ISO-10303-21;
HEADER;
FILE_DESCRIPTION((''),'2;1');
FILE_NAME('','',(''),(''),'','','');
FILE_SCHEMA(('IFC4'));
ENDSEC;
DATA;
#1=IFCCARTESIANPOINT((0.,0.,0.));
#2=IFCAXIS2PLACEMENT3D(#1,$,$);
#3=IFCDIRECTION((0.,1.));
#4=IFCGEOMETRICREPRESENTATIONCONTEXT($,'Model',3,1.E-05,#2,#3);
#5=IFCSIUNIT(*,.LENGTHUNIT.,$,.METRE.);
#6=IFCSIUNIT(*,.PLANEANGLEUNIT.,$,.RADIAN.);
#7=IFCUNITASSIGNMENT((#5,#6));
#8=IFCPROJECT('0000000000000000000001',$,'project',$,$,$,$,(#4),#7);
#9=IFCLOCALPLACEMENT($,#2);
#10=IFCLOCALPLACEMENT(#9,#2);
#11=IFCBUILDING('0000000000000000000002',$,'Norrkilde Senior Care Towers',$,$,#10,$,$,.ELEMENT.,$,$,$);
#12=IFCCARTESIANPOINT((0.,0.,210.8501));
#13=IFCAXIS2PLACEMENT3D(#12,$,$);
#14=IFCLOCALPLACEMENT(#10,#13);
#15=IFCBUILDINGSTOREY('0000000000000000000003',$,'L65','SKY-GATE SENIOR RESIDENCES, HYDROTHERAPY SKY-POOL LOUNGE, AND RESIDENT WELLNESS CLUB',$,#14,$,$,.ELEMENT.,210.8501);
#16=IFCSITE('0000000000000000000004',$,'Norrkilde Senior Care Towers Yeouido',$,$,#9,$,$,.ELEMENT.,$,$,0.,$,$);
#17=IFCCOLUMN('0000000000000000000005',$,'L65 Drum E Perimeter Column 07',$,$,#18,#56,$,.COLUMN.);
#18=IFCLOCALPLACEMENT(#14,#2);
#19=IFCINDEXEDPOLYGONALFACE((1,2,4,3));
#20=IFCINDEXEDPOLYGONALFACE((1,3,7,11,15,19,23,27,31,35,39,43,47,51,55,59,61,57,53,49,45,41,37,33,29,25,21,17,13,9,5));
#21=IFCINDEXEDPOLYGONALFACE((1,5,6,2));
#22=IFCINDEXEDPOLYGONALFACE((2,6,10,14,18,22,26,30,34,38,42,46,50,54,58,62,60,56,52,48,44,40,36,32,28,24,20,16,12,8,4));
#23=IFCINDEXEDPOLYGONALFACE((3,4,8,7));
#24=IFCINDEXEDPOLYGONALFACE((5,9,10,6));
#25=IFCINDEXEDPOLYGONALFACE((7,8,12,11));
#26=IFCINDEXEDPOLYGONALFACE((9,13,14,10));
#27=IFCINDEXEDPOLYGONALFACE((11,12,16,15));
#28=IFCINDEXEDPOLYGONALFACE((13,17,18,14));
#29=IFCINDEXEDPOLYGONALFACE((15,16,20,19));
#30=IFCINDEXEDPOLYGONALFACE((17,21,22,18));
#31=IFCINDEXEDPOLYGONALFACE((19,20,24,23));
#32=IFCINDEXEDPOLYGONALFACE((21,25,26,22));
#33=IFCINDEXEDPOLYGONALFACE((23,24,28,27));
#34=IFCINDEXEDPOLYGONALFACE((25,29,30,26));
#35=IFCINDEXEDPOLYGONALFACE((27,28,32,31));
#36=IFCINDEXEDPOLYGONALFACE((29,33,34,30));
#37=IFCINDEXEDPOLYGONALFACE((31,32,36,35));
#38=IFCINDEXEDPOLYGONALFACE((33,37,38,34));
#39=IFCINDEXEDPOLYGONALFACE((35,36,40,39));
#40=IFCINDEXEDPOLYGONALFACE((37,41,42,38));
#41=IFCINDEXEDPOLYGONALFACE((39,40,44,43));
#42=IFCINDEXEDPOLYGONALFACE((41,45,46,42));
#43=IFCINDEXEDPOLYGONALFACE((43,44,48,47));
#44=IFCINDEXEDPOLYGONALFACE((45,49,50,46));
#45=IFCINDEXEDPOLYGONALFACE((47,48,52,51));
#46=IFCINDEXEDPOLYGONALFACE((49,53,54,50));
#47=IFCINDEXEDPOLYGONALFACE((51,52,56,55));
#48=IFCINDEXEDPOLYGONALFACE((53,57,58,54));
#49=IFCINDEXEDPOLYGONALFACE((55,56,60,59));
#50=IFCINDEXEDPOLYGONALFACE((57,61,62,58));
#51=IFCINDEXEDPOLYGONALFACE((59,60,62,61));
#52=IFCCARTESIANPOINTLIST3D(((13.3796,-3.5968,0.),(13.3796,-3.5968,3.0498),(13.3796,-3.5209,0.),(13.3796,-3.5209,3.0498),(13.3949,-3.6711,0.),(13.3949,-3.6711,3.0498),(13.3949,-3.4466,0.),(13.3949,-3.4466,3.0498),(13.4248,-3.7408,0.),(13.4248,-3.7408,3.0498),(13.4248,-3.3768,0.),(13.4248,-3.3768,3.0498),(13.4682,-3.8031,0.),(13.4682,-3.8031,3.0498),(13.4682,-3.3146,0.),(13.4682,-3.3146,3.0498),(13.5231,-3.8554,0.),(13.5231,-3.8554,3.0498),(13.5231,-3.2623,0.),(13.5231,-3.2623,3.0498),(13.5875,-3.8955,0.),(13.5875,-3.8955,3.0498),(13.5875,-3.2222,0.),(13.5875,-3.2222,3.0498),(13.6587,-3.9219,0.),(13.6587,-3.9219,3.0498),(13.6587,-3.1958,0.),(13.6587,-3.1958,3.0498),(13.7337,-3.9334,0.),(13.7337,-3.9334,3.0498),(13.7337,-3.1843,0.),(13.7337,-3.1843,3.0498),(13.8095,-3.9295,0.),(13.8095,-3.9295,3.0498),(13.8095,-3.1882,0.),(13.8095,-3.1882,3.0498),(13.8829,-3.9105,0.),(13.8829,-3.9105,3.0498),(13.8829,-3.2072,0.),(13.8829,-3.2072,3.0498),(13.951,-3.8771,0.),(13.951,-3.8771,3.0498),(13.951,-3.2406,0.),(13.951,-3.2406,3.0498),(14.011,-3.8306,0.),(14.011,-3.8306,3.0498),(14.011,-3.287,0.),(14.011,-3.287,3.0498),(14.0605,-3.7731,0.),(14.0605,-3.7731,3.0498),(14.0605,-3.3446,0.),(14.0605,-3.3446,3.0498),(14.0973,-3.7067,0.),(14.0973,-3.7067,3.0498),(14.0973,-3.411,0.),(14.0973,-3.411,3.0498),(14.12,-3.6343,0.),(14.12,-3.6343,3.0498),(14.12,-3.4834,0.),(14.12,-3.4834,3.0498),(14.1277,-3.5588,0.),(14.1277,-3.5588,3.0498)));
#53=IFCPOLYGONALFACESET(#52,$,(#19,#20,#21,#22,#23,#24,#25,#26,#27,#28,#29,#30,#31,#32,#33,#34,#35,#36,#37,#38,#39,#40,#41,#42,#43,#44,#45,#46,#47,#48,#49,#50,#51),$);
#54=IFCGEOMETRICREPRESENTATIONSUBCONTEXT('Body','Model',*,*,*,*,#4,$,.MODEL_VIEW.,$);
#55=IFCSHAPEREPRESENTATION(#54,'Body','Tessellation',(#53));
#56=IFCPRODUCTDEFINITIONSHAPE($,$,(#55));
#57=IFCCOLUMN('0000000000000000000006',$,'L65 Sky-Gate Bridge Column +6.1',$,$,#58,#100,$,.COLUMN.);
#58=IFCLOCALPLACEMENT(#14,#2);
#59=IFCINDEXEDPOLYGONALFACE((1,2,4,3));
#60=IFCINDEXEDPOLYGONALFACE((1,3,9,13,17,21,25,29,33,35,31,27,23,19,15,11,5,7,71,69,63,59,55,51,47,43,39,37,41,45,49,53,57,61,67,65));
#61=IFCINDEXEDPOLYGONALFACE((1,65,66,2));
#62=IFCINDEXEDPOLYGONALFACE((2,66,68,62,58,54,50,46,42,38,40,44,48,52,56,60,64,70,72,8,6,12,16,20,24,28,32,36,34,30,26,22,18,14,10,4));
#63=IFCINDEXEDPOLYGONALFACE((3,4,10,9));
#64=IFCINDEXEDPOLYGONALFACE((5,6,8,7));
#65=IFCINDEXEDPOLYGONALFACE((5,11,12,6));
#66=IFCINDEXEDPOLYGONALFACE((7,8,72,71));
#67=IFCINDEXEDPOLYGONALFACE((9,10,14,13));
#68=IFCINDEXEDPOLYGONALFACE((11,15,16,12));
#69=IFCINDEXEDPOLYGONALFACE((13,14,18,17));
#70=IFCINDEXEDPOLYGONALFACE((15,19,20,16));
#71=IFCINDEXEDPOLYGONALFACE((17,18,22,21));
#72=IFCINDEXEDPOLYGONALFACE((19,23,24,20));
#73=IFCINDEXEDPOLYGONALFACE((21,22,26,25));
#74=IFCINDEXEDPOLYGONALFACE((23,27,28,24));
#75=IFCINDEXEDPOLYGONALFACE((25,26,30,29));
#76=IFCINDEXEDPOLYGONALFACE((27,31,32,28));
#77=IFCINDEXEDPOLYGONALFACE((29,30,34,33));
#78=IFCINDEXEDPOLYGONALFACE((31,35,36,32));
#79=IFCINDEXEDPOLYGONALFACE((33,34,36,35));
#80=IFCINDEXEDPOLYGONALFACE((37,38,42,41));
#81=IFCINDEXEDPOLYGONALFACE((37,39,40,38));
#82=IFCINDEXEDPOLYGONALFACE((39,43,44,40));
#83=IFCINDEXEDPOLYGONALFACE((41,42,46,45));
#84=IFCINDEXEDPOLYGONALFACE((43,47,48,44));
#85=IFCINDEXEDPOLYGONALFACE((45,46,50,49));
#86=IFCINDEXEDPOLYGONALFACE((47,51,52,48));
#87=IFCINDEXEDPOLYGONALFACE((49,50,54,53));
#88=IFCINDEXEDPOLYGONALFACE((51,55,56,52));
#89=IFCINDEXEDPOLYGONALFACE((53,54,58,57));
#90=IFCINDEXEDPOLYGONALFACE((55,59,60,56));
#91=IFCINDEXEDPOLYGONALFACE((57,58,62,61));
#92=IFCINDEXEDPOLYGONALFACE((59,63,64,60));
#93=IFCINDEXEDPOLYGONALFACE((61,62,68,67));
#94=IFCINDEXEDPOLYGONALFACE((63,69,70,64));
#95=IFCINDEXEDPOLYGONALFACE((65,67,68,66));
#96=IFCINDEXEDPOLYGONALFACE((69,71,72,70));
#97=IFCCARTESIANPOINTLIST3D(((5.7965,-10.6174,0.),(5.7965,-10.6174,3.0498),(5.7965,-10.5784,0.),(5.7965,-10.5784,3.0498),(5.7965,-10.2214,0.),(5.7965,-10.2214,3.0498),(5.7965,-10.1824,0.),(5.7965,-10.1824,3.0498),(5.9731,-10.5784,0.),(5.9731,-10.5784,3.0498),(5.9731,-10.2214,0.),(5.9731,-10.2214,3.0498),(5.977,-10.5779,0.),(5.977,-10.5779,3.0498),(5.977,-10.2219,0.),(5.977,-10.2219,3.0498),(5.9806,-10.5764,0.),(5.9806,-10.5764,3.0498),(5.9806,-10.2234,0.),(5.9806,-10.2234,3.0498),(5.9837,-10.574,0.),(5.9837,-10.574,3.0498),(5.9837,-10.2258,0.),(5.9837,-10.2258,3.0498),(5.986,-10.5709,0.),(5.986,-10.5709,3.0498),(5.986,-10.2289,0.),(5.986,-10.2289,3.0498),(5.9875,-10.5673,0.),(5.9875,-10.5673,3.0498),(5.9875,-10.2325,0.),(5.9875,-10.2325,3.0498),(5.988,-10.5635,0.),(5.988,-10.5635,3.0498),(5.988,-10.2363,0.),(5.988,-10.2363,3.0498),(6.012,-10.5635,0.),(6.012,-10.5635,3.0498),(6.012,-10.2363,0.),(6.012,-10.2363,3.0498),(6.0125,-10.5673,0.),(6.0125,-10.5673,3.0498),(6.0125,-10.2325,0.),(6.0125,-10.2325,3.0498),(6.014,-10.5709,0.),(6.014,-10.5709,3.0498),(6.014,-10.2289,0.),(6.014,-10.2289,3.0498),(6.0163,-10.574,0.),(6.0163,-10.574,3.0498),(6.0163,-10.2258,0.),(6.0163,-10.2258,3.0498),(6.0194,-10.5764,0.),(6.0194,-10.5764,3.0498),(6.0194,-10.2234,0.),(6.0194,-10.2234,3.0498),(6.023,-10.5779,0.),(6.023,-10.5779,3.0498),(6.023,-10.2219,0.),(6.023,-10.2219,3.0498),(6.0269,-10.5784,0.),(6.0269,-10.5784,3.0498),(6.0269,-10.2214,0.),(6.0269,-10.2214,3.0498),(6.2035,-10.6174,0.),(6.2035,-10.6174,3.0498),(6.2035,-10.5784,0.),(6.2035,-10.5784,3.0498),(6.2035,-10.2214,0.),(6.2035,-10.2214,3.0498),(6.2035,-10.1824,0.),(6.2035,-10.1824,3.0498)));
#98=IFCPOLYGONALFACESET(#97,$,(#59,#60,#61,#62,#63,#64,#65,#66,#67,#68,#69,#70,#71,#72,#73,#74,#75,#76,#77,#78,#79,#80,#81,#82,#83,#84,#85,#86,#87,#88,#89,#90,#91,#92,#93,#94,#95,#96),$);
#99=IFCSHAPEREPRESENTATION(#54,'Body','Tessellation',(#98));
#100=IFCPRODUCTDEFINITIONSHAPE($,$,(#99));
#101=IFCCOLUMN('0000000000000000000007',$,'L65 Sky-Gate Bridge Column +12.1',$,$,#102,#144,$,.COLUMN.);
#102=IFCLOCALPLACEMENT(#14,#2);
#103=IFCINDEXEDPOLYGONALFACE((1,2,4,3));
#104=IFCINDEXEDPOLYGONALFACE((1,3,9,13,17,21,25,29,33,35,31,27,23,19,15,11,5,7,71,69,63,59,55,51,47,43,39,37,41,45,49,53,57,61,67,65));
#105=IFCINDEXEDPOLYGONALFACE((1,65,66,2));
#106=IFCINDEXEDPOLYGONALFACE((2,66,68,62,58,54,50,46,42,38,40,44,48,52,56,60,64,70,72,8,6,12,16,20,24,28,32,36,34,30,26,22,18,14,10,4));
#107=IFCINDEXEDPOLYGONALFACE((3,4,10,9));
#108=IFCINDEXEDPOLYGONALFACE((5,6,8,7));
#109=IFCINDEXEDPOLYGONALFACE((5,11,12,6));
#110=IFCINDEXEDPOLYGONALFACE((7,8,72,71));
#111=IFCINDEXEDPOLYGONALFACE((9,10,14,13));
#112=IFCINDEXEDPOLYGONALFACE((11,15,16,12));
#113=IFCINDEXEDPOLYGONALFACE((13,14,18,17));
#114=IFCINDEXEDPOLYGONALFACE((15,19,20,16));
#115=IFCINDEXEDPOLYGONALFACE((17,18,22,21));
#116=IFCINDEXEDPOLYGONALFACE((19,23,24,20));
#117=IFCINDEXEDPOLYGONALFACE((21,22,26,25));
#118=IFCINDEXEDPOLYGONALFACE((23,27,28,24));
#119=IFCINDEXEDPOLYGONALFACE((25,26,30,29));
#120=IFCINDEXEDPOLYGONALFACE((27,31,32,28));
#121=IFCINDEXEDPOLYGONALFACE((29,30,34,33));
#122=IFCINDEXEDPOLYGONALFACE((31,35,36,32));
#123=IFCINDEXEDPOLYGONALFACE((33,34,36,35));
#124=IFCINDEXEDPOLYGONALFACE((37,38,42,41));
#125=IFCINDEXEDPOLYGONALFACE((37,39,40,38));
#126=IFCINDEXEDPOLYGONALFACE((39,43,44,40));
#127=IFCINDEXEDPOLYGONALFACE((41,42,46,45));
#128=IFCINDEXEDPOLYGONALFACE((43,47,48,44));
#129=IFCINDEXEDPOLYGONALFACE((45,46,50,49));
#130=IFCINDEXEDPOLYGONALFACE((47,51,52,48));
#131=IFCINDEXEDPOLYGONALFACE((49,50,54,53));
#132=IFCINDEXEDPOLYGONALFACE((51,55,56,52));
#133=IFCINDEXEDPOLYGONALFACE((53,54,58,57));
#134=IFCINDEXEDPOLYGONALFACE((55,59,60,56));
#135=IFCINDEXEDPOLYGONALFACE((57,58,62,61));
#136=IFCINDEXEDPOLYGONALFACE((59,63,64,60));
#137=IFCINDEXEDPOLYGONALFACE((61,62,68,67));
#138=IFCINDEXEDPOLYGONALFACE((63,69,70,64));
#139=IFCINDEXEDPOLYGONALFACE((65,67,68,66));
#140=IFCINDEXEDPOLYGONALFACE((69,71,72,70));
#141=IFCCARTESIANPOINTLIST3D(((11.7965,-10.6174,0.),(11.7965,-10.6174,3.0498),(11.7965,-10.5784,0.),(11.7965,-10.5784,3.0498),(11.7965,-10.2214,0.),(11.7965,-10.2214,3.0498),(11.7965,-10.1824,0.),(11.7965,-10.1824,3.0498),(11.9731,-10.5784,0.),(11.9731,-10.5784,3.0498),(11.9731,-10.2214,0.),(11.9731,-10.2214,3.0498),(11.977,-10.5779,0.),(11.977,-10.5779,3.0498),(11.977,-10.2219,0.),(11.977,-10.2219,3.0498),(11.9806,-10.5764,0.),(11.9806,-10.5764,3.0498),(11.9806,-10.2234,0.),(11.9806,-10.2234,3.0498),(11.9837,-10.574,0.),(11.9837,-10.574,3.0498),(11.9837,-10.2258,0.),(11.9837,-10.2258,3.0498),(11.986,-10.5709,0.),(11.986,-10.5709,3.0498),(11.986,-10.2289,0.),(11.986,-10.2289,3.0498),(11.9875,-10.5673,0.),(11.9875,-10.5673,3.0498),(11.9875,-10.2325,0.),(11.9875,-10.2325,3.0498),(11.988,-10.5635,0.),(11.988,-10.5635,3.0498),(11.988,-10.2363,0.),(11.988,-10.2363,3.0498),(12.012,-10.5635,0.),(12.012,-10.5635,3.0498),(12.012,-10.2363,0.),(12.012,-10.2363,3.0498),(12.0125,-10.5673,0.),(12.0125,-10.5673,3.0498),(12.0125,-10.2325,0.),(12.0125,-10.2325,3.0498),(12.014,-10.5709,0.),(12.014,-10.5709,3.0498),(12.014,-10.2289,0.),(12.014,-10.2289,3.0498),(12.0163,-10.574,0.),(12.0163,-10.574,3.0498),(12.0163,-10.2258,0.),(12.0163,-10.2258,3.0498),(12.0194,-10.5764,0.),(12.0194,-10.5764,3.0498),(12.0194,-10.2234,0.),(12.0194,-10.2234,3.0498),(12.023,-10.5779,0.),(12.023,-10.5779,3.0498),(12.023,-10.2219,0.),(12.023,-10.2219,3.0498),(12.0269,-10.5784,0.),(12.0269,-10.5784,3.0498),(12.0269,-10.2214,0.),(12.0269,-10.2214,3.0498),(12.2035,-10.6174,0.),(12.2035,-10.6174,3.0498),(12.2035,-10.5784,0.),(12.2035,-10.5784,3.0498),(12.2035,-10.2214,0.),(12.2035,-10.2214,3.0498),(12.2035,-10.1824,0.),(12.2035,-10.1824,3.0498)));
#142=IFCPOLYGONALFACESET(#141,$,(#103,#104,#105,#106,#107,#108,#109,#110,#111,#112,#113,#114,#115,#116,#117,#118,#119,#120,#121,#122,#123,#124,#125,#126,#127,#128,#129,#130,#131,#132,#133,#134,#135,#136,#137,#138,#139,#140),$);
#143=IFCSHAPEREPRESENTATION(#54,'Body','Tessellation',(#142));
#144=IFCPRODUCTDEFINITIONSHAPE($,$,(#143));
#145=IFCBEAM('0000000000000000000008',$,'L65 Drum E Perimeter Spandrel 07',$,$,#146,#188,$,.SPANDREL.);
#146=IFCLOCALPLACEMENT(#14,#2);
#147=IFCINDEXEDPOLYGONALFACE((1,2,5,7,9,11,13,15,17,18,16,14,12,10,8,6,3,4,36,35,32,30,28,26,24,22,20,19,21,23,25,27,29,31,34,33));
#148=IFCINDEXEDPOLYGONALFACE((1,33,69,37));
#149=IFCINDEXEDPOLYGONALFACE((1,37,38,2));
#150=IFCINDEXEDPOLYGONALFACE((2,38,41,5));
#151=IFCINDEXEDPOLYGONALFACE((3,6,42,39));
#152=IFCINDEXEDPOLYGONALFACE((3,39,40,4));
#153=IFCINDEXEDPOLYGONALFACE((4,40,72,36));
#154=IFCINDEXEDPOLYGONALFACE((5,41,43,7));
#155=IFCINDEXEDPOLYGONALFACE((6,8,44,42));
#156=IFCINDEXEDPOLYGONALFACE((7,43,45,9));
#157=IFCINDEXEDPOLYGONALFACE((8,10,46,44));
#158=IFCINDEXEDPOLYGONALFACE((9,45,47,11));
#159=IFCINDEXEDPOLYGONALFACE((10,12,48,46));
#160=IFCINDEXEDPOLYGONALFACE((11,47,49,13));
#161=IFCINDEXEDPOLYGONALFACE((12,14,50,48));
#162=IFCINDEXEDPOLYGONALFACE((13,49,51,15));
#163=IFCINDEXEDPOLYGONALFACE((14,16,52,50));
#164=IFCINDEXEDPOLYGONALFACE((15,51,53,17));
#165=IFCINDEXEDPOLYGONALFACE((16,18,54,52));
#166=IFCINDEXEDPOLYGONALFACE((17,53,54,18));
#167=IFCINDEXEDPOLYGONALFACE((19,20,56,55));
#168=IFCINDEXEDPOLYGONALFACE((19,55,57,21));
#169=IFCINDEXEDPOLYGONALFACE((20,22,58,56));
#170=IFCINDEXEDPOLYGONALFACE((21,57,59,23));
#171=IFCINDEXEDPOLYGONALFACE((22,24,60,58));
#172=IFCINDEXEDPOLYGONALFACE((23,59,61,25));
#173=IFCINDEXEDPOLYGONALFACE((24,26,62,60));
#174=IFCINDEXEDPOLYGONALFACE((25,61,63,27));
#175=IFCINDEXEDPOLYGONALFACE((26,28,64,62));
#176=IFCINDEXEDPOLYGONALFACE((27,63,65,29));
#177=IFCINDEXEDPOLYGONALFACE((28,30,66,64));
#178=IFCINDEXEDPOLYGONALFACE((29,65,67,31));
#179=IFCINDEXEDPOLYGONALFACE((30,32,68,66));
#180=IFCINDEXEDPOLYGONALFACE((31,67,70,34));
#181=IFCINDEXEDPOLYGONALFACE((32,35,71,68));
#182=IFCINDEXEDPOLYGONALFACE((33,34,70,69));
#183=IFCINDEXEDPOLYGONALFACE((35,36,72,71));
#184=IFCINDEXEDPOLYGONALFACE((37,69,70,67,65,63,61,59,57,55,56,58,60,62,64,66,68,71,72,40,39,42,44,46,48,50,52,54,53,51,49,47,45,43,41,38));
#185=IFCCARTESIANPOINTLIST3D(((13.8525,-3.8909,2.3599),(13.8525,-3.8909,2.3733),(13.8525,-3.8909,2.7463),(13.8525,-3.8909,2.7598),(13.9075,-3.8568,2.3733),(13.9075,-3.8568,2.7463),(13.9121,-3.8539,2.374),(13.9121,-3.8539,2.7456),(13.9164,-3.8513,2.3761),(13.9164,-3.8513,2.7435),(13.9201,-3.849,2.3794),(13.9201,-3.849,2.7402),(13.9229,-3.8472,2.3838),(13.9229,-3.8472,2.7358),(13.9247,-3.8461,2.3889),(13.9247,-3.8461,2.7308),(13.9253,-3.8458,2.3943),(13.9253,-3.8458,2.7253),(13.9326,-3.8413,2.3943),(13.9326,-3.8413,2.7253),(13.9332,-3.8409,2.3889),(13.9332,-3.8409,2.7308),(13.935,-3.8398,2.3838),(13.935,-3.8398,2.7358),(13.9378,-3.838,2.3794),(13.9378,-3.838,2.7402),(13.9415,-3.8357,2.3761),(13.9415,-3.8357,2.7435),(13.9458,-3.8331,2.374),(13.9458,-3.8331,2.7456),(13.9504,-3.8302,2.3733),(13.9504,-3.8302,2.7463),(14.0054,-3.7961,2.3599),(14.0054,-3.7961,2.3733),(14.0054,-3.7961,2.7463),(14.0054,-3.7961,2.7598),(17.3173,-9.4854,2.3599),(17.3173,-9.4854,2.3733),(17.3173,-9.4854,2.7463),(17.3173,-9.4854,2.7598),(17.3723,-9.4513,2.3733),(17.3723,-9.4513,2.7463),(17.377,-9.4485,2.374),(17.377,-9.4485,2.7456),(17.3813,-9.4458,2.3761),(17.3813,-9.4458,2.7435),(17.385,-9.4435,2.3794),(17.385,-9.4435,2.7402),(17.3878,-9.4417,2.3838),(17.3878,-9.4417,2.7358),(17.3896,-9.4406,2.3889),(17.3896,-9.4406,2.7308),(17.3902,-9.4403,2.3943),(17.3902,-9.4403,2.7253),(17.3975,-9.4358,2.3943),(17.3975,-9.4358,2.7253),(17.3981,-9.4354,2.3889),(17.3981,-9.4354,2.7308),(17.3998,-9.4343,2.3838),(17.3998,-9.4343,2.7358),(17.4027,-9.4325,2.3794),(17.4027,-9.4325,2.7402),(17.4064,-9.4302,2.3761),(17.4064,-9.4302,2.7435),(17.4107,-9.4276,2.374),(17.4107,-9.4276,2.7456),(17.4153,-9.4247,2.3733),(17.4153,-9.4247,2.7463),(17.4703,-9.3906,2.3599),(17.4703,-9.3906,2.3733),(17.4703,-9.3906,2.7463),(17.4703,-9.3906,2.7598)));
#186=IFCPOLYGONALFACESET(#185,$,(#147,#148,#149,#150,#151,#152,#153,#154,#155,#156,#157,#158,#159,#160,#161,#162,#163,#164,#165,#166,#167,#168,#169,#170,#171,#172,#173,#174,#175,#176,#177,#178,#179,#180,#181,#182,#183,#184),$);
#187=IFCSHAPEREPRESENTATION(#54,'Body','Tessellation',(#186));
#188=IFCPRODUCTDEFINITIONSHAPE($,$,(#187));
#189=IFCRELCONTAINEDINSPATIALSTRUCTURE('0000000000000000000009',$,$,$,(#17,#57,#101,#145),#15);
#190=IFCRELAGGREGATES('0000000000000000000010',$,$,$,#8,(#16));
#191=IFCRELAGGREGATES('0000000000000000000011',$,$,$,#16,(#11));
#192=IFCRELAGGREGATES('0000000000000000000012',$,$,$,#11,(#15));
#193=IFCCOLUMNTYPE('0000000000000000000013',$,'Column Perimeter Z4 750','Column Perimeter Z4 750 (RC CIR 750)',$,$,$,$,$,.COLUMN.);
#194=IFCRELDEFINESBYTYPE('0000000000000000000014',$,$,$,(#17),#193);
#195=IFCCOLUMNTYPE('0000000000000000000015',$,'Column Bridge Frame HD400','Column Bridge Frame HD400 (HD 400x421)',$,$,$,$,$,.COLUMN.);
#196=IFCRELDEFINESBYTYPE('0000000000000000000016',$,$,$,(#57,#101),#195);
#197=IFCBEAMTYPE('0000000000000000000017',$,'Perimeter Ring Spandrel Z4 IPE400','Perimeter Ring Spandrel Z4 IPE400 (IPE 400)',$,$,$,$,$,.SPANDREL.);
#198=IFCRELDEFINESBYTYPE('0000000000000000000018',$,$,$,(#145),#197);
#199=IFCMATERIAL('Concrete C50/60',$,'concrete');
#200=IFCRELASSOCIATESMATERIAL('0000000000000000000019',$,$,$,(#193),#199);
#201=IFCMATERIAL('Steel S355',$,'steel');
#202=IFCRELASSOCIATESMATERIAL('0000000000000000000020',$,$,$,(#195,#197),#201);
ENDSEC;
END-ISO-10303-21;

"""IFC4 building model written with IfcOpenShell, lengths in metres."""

from ifc_helpers import new_model, si_unit, direction, frame, origin, origin_2d, place, context, subcontext, project, spatial, circle, i_section, extrude, source, transform, mapped, material, material_profile, profile_set, type_object, type_shapes, element, save


model = new_model("IFC4")

# Units and contexts
model_context = context("Model", 3, precision=1e-05, world=origin(), true_north=direction((0.0, 1.0)))
body_context = subcontext(model_context, "Body", "Model", "MODEL_VIEW")
ifc_project = project(units=[si_unit("LENGTHUNIT", "METRE"), si_unit("PLANEANGLEUNIT", "RADIAN")], contexts=[model_context])

# Site, building, storey
site_placement = place(None, origin())
site = spatial("IfcSite", under=ifc_project, at=site_placement, Name="Norrkilde Senior Care Towers Yeouido", CompositionType="ELEMENT", RefElevation=0.0)
building_placement = place(site_placement, origin())
building = spatial("IfcBuilding", under=site, at=building_placement, Name="Norrkilde Senior Care Towers", CompositionType="ELEMENT")
storey_placement = place(building_placement, frame((0.0, 0.0, 210.8501)))
storey = spatial("IfcBuildingStorey", under=building, at=storey_placement, Name="L65", Description="SKY-GATE SENIOR RESIDENCES, HYDROTHERAPY SKY-POOL LOUNGE, AND RESIDENT WELLNESS CLUB", CompositionType="ELEMENT", Elevation=210.8501)

# Columns
ifc_material_1 = material(Name="Concrete C50/60", Category="concrete")
ifc_material_profile_1 = material_profile(ifc_material_1, circle(Radius=0.375, at=origin_2d()), Name="RC CIR 750")
ifc_profile_set_1 = profile_set([ifc_material_profile_1], Name="Concrete C50/60")
column_type_1 = type_object("IfcColumnType", Name="Column Perimeter Z4 750", Description="Column Perimeter Z4 750 (RC CIR 750)", PredefinedType="COLUMN", material=ifc_profile_set_1)
shared_shape_1 = source(origin(), body_context, "Body", "SweptSolid", [
    extrude(circle(Radius=0.375, at=origin_2d()), origin(), (0.0, 0.0, 1.0), 3.0498),
])
type_shapes(column_type_1, [shared_shape_1])
column_placement = place(storey_placement, frame((13.7527, -3.5588, 0.0), z_axis=(0.0, 0.0, 1.0), x_axis=(1.0, 0.0, 0.0)))
element("IfcColumn", 1, at=column_placement, inside=storey, type_object=column_type_1, Name="L65 Drum E Perimeter Column 07", PredefinedType="COLUMN", context=body_context, shape_type="MappedRepresentation", body=[
    mapped(shared_shape_1, transform((0.0, 0.0, 0.0), x_axis=(1.0, 0.0, 0.0), y_axis=(0.0, 1.0, 0.0), z_axis=(0.0, 0.0, 1.0), scale=1.0)),
])
ifc_material_2 = material(Name="Steel S355", Category="steel")
ifc_material_profile_2 = material_profile(ifc_material_2, i_section(OverallWidth=0.407, OverallDepth=0.4351, WebThickness=0.0239, FlangeThickness=0.0391, FilletRadius=0.0149, at=origin_2d()), Name="HD 400x421")
ifc_profile_set_2 = profile_set([ifc_material_profile_2], Name="Steel S355")
column_type_2 = type_object("IfcColumnType", Name="Column Bridge Frame HD400", Description="Column Bridge Frame HD400 (HD 400x421)", PredefinedType="COLUMN", material=ifc_profile_set_2)
shared_shape_2 = source(origin(), body_context, "Body", "SweptSolid", [
    extrude(i_section(OverallWidth=0.407, OverallDepth=0.4351, WebThickness=0.0239, FlangeThickness=0.0391, FilletRadius=0.0149, at=origin_2d()), origin(), (0.0, 0.0, 1.0), 3.0498),
])
type_shapes(column_type_2, [shared_shape_2])
for number, where, z_axis, x_axis, name in (
    (2, (6.0, -10.3999, 0.0), (0.0, 0.0, 1.0), (1.0, 0.0, 0.0), "L65 Sky-Gate Bridge Column +6.1"),
    (3, (12.0, -10.3999, 0.0), (0.0, 0.0, 1.0), (1.0, 0.0, 0.0), "L65 Sky-Gate Bridge Column +12.1"),
):
    element("IfcColumn", number, at=place(storey_placement, frame(where, z_axis=z_axis, x_axis=x_axis)), inside=storey, type_object=column_type_2, Name=name, PredefinedType="COLUMN", context=body_context, shape_type="MappedRepresentation", body=[
        mapped(shared_shape_2, transform((0.0, 0.0, 0.0), x_axis=(1.0, 0.0, 0.0), y_axis=(0.0, 1.0, 0.0), z_axis=(0.0, 0.0, 1.0), scale=1.0)),
    ])

# Beam
ifc_material_profile_3 = material_profile(ifc_material_2, i_section(OverallWidth=0.1799, OverallDepth=0.3999, WebThickness=0.0085, FlangeThickness=0.0134, FilletRadius=0.021, at=origin_2d()), Name="IPE 400")
ifc_profile_set_3 = profile_set([ifc_material_profile_3], Name="Steel S355")
beam_type_1 = type_object("IfcBeamType", Name="Perimeter Ring Spandrel Z4 IPE400", Description="Perimeter Ring Spandrel Z4 IPE400 (IPE 400)", PredefinedType="SPANDREL", material=ifc_profile_set_3)
shared_shape_3 = source(origin(), body_context, "Body", "SweptSolid", [
    extrude(i_section(OverallWidth=0.1799, OverallDepth=0.3999, WebThickness=0.0085, FlangeThickness=0.0134, FilletRadius=0.021, at=origin_2d()), origin(), (0.0, 0.0, 1.0), 6.5806),
])
type_shapes(beam_type_1, [shared_shape_3])
beam_1_placement = place(storey_placement, frame((13.929, -3.8435, 2.5598), z_axis=(0.52653, -0.850157, 0.0), x_axis=(0.850157, 0.52653, 0.0)))
element("IfcBeam", 4, at=beam_1_placement, inside=storey, type_object=beam_type_1, Name="L65 Drum E Perimeter Spandrel 07", PredefinedType="SPANDREL", context=body_context, shape_type="MappedRepresentation", body=[
    mapped(shared_shape_3, transform((0.0, 0.0, 0.0), x_axis=(1.0, 0.0, 0.0), y_axis=(0.0, 1.0, 0.0), z_axis=(0.0, 0.0, 1.0), scale=1.0)),
])

save(model, "model.ifc")
